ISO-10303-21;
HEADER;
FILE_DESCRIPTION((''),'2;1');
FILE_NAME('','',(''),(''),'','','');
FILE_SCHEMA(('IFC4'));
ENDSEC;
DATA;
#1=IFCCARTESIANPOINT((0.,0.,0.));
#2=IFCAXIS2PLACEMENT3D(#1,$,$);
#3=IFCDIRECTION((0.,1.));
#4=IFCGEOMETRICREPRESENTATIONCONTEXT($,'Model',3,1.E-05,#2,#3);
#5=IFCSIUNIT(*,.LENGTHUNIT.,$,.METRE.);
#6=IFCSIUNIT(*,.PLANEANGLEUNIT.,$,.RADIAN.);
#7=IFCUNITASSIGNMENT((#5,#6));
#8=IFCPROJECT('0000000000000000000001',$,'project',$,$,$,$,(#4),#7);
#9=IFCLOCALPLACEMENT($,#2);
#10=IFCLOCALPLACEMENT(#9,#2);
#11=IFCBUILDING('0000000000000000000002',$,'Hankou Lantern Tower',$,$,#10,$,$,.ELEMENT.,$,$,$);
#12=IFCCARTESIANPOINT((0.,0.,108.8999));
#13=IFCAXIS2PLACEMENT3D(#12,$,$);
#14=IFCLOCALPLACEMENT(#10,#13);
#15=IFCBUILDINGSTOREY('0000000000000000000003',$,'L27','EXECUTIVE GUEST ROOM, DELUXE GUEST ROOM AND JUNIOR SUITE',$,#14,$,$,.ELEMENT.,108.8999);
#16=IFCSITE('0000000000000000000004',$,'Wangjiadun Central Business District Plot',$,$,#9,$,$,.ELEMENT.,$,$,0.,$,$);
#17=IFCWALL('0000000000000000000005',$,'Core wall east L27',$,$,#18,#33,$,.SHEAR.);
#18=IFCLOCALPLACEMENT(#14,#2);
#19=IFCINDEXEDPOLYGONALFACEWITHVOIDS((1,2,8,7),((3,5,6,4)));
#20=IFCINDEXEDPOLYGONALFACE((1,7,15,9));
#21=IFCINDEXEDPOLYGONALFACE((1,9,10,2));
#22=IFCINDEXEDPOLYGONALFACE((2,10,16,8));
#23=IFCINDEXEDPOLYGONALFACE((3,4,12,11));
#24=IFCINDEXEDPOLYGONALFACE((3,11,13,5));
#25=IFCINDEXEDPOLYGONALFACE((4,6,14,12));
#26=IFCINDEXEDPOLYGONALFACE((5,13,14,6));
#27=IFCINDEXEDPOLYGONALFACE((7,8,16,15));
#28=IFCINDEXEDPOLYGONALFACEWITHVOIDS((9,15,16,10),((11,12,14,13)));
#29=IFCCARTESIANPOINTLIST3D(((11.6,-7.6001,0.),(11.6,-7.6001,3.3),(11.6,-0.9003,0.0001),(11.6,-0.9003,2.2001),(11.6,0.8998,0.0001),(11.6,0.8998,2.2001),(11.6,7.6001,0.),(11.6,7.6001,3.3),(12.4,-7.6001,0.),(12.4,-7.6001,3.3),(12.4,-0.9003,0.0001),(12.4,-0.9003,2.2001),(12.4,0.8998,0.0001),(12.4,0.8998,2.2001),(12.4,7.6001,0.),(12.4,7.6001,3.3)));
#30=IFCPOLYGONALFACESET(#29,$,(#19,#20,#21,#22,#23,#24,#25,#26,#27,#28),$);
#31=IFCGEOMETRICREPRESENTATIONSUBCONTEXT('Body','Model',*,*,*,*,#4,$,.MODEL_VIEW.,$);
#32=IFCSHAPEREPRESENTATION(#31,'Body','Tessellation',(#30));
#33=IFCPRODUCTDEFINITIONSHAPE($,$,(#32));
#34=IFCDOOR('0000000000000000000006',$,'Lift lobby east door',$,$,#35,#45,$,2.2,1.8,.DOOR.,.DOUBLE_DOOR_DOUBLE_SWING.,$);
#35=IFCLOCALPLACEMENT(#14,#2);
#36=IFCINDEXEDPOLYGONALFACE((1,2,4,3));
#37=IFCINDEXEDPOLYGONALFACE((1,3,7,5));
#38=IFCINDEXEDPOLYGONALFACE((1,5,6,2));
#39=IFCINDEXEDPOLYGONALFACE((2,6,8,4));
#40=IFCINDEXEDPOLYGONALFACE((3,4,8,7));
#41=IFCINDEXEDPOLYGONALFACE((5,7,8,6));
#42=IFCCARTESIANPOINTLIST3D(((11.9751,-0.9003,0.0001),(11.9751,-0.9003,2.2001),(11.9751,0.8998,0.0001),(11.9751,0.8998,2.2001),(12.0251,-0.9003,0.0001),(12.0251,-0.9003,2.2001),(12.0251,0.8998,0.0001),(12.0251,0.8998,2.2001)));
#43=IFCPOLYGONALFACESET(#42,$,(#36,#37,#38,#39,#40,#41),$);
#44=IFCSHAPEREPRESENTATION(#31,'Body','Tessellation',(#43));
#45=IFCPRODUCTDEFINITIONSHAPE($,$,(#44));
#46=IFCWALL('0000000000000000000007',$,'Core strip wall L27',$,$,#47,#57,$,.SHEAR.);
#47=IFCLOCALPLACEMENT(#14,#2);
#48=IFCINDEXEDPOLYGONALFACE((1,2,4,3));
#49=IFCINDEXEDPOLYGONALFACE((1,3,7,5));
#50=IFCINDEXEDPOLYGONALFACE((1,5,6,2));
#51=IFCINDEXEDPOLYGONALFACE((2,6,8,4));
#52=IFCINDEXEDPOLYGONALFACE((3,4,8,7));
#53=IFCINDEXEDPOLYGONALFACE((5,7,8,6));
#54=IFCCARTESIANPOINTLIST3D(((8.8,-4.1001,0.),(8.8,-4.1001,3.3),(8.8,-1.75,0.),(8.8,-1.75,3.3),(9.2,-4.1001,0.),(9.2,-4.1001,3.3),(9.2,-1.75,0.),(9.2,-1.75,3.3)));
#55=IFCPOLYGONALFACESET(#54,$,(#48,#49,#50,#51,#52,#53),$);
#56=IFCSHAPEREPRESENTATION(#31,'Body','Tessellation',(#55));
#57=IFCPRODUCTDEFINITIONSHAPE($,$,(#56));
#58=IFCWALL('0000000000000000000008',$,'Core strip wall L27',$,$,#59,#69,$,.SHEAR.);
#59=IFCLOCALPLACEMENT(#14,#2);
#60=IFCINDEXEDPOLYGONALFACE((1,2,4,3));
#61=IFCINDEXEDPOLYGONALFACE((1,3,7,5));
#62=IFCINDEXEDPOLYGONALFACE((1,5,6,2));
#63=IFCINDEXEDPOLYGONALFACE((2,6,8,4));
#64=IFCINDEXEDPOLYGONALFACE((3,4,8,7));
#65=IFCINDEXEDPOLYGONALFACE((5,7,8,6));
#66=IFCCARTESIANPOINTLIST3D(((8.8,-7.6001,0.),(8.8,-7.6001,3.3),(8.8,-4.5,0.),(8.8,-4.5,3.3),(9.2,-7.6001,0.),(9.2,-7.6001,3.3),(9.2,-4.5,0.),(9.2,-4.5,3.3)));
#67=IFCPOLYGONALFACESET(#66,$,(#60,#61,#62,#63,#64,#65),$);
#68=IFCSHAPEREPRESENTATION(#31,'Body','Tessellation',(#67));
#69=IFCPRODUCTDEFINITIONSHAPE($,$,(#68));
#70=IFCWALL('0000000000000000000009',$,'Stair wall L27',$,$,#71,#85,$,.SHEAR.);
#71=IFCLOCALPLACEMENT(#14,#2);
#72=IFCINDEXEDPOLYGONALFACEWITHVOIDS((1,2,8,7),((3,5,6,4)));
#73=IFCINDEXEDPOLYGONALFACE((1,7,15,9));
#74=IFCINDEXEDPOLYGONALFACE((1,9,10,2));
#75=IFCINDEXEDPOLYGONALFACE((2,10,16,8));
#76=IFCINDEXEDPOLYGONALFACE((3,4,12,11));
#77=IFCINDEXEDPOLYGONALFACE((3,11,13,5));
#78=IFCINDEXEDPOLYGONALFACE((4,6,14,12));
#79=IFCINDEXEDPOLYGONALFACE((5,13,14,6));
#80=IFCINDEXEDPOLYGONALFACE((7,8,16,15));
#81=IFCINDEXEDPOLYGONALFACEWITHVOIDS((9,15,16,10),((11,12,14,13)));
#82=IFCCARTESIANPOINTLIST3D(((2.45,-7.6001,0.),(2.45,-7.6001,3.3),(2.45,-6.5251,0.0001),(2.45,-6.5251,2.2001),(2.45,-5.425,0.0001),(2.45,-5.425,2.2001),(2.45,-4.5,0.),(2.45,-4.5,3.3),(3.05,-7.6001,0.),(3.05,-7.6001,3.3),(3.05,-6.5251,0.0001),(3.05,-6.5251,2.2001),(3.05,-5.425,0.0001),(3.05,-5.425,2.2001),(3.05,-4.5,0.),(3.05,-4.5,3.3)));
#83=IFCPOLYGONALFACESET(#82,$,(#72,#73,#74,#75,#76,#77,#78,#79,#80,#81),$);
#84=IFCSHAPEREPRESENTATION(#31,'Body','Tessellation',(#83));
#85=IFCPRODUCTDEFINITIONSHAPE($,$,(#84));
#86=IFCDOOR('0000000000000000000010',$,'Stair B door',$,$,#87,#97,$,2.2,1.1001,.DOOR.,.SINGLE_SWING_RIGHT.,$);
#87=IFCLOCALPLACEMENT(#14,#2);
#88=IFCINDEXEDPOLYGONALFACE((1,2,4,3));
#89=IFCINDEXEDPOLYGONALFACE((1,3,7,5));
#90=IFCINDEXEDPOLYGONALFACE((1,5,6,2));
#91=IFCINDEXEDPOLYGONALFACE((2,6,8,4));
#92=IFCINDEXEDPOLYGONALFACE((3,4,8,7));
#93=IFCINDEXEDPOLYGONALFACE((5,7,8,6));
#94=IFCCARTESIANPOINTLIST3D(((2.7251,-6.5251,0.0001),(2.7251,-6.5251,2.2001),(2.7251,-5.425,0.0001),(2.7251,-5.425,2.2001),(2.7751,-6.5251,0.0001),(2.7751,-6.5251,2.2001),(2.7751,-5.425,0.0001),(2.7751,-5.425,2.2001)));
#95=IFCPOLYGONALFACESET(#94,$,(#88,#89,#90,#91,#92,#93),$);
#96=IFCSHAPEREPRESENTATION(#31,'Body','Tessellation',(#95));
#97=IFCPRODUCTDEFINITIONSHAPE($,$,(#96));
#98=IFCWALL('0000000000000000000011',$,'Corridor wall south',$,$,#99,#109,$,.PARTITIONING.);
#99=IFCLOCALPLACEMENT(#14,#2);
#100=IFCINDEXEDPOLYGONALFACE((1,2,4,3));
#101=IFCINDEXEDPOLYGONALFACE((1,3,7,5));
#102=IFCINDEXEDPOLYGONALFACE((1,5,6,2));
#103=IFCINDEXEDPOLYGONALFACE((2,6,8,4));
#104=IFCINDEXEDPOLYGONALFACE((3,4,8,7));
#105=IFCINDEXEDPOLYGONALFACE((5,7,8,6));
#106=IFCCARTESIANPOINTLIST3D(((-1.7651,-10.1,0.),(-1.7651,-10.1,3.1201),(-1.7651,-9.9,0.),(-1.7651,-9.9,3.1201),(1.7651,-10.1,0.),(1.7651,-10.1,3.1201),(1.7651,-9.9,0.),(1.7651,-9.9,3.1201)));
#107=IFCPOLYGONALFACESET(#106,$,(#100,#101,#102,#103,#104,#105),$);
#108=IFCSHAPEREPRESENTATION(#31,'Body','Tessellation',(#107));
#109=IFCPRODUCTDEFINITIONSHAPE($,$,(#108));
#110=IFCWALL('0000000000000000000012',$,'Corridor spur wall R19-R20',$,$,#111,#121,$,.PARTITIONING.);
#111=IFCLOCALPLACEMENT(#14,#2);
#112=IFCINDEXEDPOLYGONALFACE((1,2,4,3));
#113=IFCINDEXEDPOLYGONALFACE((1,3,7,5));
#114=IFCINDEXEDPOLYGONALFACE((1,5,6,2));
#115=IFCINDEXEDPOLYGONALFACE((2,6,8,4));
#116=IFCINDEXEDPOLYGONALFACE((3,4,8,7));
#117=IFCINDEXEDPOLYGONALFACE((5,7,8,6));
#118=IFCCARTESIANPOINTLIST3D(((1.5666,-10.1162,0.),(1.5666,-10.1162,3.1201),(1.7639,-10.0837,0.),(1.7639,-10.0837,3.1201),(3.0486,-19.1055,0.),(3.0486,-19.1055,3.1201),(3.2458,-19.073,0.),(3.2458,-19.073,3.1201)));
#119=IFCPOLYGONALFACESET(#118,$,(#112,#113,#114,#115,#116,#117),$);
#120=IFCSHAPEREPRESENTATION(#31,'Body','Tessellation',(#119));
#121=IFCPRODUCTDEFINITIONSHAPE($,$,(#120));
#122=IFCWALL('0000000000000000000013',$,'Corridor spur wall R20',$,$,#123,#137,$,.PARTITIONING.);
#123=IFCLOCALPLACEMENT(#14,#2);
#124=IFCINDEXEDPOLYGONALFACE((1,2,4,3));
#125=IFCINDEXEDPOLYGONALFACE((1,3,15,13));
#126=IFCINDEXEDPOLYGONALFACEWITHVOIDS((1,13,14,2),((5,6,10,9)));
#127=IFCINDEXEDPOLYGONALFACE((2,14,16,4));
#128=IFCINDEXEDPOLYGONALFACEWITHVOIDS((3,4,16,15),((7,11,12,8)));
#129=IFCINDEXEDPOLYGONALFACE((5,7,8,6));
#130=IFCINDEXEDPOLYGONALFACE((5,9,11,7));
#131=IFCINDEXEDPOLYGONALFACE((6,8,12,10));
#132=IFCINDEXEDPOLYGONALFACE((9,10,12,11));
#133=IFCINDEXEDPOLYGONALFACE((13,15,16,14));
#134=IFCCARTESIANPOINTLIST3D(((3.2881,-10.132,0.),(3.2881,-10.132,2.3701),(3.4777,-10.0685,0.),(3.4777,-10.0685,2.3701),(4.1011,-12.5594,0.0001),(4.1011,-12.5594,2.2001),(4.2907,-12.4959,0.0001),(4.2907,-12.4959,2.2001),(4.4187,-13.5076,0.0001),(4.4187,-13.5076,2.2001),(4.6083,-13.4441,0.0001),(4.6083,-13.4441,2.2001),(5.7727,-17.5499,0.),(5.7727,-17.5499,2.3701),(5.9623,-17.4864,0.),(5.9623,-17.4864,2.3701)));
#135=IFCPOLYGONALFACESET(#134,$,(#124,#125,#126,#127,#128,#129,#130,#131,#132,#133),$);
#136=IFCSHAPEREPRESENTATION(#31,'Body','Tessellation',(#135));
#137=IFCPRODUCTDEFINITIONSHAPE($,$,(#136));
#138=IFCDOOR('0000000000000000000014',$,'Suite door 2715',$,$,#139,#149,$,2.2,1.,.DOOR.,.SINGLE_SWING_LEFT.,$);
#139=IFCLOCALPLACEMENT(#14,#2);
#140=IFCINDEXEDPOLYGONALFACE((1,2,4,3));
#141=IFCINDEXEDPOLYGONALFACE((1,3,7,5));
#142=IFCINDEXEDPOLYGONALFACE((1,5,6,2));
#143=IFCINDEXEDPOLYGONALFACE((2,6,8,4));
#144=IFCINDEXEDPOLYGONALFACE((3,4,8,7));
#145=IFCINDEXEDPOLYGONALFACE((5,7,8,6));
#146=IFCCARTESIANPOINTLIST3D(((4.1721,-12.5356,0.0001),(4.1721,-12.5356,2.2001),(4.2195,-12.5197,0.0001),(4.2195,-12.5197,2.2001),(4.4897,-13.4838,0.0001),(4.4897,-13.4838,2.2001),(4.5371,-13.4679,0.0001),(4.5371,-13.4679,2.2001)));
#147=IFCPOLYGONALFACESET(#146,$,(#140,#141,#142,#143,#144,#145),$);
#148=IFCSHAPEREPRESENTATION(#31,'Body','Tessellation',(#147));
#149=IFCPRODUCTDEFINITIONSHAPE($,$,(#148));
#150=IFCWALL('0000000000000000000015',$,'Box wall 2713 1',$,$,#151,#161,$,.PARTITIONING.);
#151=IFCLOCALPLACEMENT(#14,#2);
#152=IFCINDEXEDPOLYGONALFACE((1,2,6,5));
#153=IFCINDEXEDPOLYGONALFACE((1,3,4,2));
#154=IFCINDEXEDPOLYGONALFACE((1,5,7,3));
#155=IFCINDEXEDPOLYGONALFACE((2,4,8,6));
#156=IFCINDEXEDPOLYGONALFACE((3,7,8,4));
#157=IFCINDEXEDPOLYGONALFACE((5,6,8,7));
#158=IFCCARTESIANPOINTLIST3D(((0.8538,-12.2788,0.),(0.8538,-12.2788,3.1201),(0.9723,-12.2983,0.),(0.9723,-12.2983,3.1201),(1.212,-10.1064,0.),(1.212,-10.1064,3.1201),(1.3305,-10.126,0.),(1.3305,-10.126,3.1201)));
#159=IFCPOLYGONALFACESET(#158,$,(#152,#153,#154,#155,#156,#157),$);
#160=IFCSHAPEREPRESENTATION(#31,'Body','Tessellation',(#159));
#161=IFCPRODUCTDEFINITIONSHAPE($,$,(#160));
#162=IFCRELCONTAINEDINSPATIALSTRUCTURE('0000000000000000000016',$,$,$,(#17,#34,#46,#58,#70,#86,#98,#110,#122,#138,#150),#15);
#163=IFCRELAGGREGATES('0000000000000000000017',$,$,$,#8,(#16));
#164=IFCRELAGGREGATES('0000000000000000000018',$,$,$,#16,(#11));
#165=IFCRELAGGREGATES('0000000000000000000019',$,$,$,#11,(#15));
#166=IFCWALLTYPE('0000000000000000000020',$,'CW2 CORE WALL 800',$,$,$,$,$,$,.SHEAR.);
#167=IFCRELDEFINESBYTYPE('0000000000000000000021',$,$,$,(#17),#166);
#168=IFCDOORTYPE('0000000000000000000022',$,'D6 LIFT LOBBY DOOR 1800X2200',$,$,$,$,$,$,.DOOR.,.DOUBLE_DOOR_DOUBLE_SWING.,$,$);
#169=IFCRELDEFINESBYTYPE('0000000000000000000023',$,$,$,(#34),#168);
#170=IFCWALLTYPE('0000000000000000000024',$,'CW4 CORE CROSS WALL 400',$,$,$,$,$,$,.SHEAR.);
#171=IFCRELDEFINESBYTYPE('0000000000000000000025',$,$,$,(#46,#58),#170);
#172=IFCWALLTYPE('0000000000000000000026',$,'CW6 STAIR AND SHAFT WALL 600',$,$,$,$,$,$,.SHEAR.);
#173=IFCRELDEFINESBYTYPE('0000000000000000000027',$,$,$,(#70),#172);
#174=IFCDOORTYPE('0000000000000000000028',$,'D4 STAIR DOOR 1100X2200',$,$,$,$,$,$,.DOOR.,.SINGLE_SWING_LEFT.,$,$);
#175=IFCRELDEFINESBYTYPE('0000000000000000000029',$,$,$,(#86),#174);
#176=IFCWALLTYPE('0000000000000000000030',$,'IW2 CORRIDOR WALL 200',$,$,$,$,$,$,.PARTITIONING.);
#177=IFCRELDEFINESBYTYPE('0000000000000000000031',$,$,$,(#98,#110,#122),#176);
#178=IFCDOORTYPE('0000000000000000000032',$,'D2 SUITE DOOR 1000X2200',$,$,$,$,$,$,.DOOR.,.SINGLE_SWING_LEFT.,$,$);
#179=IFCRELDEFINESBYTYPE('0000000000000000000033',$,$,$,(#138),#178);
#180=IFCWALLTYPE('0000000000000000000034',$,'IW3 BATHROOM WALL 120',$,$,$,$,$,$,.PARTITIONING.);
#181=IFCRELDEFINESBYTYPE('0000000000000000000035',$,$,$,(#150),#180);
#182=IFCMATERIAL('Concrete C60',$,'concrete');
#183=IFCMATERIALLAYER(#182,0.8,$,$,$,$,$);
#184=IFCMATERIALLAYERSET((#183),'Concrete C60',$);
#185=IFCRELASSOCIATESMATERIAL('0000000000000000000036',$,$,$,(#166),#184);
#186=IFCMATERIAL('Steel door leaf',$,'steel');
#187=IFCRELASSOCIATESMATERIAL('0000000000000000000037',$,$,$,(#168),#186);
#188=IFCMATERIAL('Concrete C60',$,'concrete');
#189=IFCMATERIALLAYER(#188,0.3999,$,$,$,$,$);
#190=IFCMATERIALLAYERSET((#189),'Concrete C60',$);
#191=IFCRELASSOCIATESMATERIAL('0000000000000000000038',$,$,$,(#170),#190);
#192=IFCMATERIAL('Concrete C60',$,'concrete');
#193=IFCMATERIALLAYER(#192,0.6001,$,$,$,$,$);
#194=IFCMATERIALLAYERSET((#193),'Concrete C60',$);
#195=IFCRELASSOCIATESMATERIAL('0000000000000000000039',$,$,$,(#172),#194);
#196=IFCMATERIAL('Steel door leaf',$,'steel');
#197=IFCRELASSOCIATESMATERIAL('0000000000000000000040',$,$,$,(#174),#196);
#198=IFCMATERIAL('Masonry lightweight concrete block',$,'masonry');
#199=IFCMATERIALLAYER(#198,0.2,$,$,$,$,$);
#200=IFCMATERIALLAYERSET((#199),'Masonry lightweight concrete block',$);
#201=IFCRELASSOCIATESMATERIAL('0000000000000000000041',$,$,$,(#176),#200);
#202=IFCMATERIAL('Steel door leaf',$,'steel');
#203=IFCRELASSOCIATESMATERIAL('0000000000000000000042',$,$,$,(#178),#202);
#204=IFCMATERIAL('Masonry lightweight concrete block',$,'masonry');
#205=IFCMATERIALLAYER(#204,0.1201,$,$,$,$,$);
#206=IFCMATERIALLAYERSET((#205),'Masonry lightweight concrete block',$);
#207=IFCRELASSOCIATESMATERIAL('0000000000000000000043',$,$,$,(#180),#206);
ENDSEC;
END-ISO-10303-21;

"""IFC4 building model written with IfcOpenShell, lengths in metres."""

from ifc_helpers import new_model, si_unit, direction, frame, frame_2d, origin, place, context, subcontext, project, spatial, rectangle, extrude, material, layer, layer_set, type_object, element, fill, save


model = new_model("IFC4")

# Units and contexts
model_context = context("Model", 3, precision=1e-05, world=origin(), true_north=direction((0.0, 1.0)))
body_context = subcontext(model_context, "Body", "Model", "MODEL_VIEW")
ifc_project = project(units=[si_unit("LENGTHUNIT", "METRE"), si_unit("PLANEANGLEUNIT", "RADIAN")], contexts=[model_context])

# Site, building, storey
site_placement = place(None, origin())
site = spatial("IfcSite", under=ifc_project, at=site_placement, Name="Wangjiadun Central Business District Plot", CompositionType="ELEMENT", RefElevation=0.0)
building_placement = place(site_placement, origin())
building = spatial("IfcBuilding", under=site, at=building_placement, Name="Hankou Lantern Tower", CompositionType="ELEMENT")
storey_placement = place(building_placement, frame((0.0, 0.0, 108.8999)))
storey = spatial("IfcBuildingStorey", under=building, at=storey_placement, Name="L27", Description="EXECUTIVE GUEST ROOM, DELUXE GUEST ROOM AND JUNIOR SUITE", CompositionType="ELEMENT", Elevation=108.8999)

# Wall, opening, door
ifc_material_1 = material(Name="Concrete C60", Category="concrete")
ifc_layer_1 = layer(ifc_material_1, 0.8)
ifc_layer_set_1 = layer_set([ifc_layer_1], Name="Concrete C60")
wall_type_1 = type_object("IfcWallType", Name="CW2 CORE WALL 800", PredefinedType="SHEAR", material=ifc_layer_set_1)
wall_1_placement = place(storey_placement, frame((12.0, -7.6001, 0.0), z_axis=(0.0, 0.0, 1.0), x_axis=(0.0, 1.0, 0.0)))
wall_1 = element("IfcWall", 1, at=wall_1_placement, inside=storey, type_object=wall_type_1, Name="Core wall east L27", PredefinedType="SHEAR", context=body_context, shape_type="SweptSolid", body=[
    extrude(rectangle(XDim=15.2002, YDim=0.8, at=frame_2d((7.6001, 0.0))), origin(), (0.0, 0.0, 1.0), 3.3),
])
opening_1_placement = place(wall_1_placement, frame((6.7, 0.0, 0.0)))
opening_1 = element("IfcOpeningElement", 2, at=opening_1_placement, cuts=wall_1, PredefinedType="OPENING", context=body_context, shape_type="SweptSolid", body=[
    extrude(rectangle(XDim=1.8, YDim=2.2, at=frame_2d((0.8999, 1.1001))), frame((0.0, 0.4099, 0.0), z_axis=(0.0, -1.0, 0.0), x_axis=(1.0, 0.0, 0.0)), (0.0, 0.0, 1.0), 0.8201),
])
ifc_material_2 = material(Name="Steel door leaf", Category="steel")
door_type_1 = type_object("IfcDoorType", Name="D6 LIFT LOBBY DOOR 1800X2200", OperationType="DOUBLE_DOOR_DOUBLE_SWING", PredefinedType="DOOR", material=ifc_material_2)
door_1_placement = place(opening_1_placement, origin())
door_1 = element("IfcDoor", 3, at=door_1_placement, inside=storey, type_object=door_type_1, Name="Lift lobby east door", OperationType="DOUBLE_DOOR_DOUBLE_SWING", OverallHeight=2.2, OverallWidth=1.8, PredefinedType="DOOR", context=body_context, shape_type="SweptSolid", body=[
    extrude(rectangle(XDim=1.8, YDim=2.2, at=frame_2d((0.8999, 1.1001))), frame((0.0, 0.0249, 0.0), z_axis=(0.0, -1.0, 0.0), x_axis=(1.0, 0.0, 0.0)), (0.0, 0.0, 1.0), 0.05),
])
fill(opening_1, door_1)

# Walls
ifc_material_3 = material(Name="Concrete C60", Category="concrete")
ifc_layer_2 = layer(ifc_material_3, 0.3999)
ifc_layer_set_2 = layer_set([ifc_layer_2], Name="Concrete C60")
wall_type_2 = type_object("IfcWallType", Name="CW4 CORE CROSS WALL 400", PredefinedType="SHEAR", material=ifc_layer_set_2)
wall_2_placement = place(storey_placement, frame((9.0, -4.1001, 0.0), z_axis=(0.0, 0.0, 1.0), x_axis=(0.0, 1.0, 0.0)))
element("IfcWall", 4, at=wall_2_placement, inside=storey, type_object=wall_type_2, Name="Core strip wall L27", PredefinedType="SHEAR", context=body_context, shape_type="SweptSolid", body=[
    extrude(rectangle(XDim=2.3501, YDim=0.3999, at=frame_2d((1.175, 0.0))), origin(), (0.0, 0.0, 1.0), 3.3),
])
wall_3_placement = place(storey_placement, frame((9.0, -7.6001, 0.0), z_axis=(0.0, 0.0, 1.0), x_axis=(0.0, 1.0, 0.0)))
element("IfcWall", 5, at=wall_3_placement, inside=storey, type_object=wall_type_2, Name="Core strip wall L27", PredefinedType="SHEAR", context=body_context, shape_type="SweptSolid", body=[
    extrude(rectangle(XDim=3.1001, YDim=0.3999, at=frame_2d((1.55, 0.0))), origin(), (0.0, 0.0, 1.0), 3.3),
])

# Wall, opening, door
ifc_material_4 = material(Name="Concrete C60", Category="concrete")
ifc_layer_3 = layer(ifc_material_4, 0.6001)
ifc_layer_set_3 = layer_set([ifc_layer_3], Name="Concrete C60")
wall_type_3 = type_object("IfcWallType", Name="CW6 STAIR AND SHAFT WALL 600", PredefinedType="SHEAR", material=ifc_layer_set_3)
wall_4_placement = place(storey_placement, frame((2.75, -7.6001, 0.0), z_axis=(0.0, 0.0, 1.0), x_axis=(0.0, 1.0, 0.0)))
wall_4 = element("IfcWall", 6, at=wall_4_placement, inside=storey, type_object=wall_type_3, Name="Stair wall L27", PredefinedType="SHEAR", context=body_context, shape_type="SweptSolid", body=[
    extrude(rectangle(XDim=3.1001, YDim=0.6001, at=frame_2d((1.55, 0.0))), origin(), (0.0, 0.0, 1.0), 3.3),
])
opening_2_placement = place(wall_4_placement, frame((1.075, 0.0, 0.0)))
opening_2 = element("IfcOpeningElement", 7, at=opening_2_placement, cuts=wall_4, PredefinedType="OPENING", context=body_context, shape_type="SweptSolid", body=[
    extrude(rectangle(XDim=1.1001, YDim=2.2, at=frame_2d((0.55, 1.1001))), frame((0.0, 0.3101, 0.0), z_axis=(0.0, -1.0, 0.0), x_axis=(1.0, 0.0, 0.0)), (0.0, 0.0, 1.0), 0.6201),
])
ifc_material_5 = material(Name="Steel door leaf", Category="steel")
door_type_2 = type_object("IfcDoorType", Name="D4 STAIR DOOR 1100X2200", OperationType="SINGLE_SWING_LEFT", PredefinedType="DOOR", material=ifc_material_5)
door_2_placement = place(opening_2_placement, origin())
door_2 = element("IfcDoor", 8, at=door_2_placement, inside=storey, type_object=door_type_2, Name="Stair B door", OperationType="SINGLE_SWING_RIGHT", OverallHeight=2.2, OverallWidth=1.1001, PredefinedType="DOOR", context=body_context, shape_type="SweptSolid", body=[
    extrude(rectangle(XDim=1.1001, YDim=2.2, at=frame_2d((0.55, 1.1001))), frame((0.0, 0.0249, 0.0), z_axis=(0.0, -1.0, 0.0), x_axis=(1.0, 0.0, 0.0)), (0.0, 0.0, 1.0), 0.05),
])
fill(opening_2, door_2)

# Walls
ifc_material_6 = material(Name="Masonry lightweight concrete block", Category="masonry")
ifc_layer_4 = layer(ifc_material_6, 0.2)
ifc_layer_set_4 = layer_set([ifc_layer_4], Name="Masonry lightweight concrete block")
wall_type_4 = type_object("IfcWallType", Name="IW2 CORRIDOR WALL 200", PredefinedType="PARTITIONING", material=ifc_layer_set_4)
wall_5_placement = place(storey_placement, frame((1.7651, -10.0, 0.0), z_axis=(0.0, 0.0, 1.0), x_axis=(-1.0, 0.0, 0.0)))
element("IfcWall", 9, at=wall_5_placement, inside=storey, type_object=wall_type_4, Name="Corridor wall south", PredefinedType="PARTITIONING", context=body_context, shape_type="SweptSolid", body=[
    extrude(rectangle(XDim=3.5303, YDim=0.2, at=frame_2d((1.7651, 0.0))), origin(), (0.0, 0.0, 1.0), 3.1201),
])
wall_6_placement = place(storey_placement, frame((1.6653, -10.1001, 0.0), z_axis=(0.0, 0.0, 1.0), x_axis=(0.162661, -0.986682, 0.0)))
element("IfcWall", 10, at=wall_6_placement, inside=storey, type_object=wall_type_4, Name="Corridor spur wall R19-R20", PredefinedType="PARTITIONING", context=body_context, shape_type="SweptSolid", body=[
    extrude(rectangle(XDim=9.1106, YDim=0.2, at=frame_2d((4.5552, 0.0))), origin(), (0.0, 0.0, 1.0), 3.1201),
])

# Wall, opening, door
wall_7_placement = place(storey_placement, frame((3.3828, -10.1001, 0.0), z_axis=(0.0, 0.0, 1.0), x_axis=(0.317604, -0.948224, 0.0)))
wall_7 = element("IfcWall", 11, at=wall_7_placement, inside=storey, type_object=wall_type_4, Name="Corridor spur wall R20", PredefinedType="PARTITIONING", context=body_context, shape_type="SweptSolid", body=[
    extrude(rectangle(XDim=7.823, YDim=0.2, at=frame_2d((3.9116, 0.0))), origin(), (0.0, 0.0, 1.0), 2.3701),
])
opening_3_placement = place(wall_7_placement, frame((2.5601, 0.0, 0.0)))
opening_3 = element("IfcOpeningElement", 12, at=opening_3_placement, cuts=wall_7, PredefinedType="OPENING", context=body_context, shape_type="SweptSolid", body=[
    extrude(rectangle(XDim=1.0, YDim=2.2, at=frame_2d((0.5, 1.1001))), frame((0.0, 0.1099, 0.0), z_axis=(0.0, -1.0, 0.0), x_axis=(1.0, 0.0, 0.0)), (0.0, 0.0, 1.0), 0.22),
])
ifc_material_7 = material(Name="Steel door leaf", Category="steel")
door_type_3 = type_object("IfcDoorType", Name="D2 SUITE DOOR 1000X2200", OperationType="SINGLE_SWING_LEFT", PredefinedType="DOOR", material=ifc_material_7)
door_3_placement = place(opening_3_placement, origin())
door_3 = element("IfcDoor", 13, at=door_3_placement, inside=storey, type_object=door_type_3, Name="Suite door 2715", OperationType="SINGLE_SWING_LEFT", OverallHeight=2.2, OverallWidth=1.0, PredefinedType="DOOR", context=body_context, shape_type="SweptSolid", body=[
    extrude(rectangle(XDim=1.0, YDim=2.2, at=frame_2d((0.5, 1.1001))), frame((0.0, 0.0249, 0.0), z_axis=(0.0, -1.0, 0.0), x_axis=(1.0, 0.0, 0.0)), (0.0, 0.0, 1.0), 0.05),
])
fill(opening_3, door_3)

# Wall
ifc_material_8 = material(Name="Masonry lightweight concrete block", Category="masonry")
ifc_layer_5 = layer(ifc_material_8, 0.1201)
ifc_layer_set_5 = layer_set([ifc_layer_5], Name="Masonry lightweight concrete block")
wall_type_5 = type_object("IfcWallType", Name="IW3 BATHROOM WALL 120", PredefinedType="PARTITIONING", material=ifc_layer_set_5)
wall_8_placement = place(storey_placement, frame((1.2712, -10.1162, 0.0), z_axis=(0.0, 0.0, 1.0), x_axis=(-0.162672, -0.98668, 0.0)))
element("IfcWall", 14, at=wall_8_placement, inside=storey, type_object=wall_type_5, Name="Box wall 2713 1", PredefinedType="PARTITIONING", context=body_context, shape_type="SweptSolid", body=[
    extrude(rectangle(XDim=2.2017, YDim=0.1201, at=frame_2d((1.1008, 0.0))), origin(), (0.0, 0.0, 1.0), 3.1201),
])

save(model, "model.ifc")
